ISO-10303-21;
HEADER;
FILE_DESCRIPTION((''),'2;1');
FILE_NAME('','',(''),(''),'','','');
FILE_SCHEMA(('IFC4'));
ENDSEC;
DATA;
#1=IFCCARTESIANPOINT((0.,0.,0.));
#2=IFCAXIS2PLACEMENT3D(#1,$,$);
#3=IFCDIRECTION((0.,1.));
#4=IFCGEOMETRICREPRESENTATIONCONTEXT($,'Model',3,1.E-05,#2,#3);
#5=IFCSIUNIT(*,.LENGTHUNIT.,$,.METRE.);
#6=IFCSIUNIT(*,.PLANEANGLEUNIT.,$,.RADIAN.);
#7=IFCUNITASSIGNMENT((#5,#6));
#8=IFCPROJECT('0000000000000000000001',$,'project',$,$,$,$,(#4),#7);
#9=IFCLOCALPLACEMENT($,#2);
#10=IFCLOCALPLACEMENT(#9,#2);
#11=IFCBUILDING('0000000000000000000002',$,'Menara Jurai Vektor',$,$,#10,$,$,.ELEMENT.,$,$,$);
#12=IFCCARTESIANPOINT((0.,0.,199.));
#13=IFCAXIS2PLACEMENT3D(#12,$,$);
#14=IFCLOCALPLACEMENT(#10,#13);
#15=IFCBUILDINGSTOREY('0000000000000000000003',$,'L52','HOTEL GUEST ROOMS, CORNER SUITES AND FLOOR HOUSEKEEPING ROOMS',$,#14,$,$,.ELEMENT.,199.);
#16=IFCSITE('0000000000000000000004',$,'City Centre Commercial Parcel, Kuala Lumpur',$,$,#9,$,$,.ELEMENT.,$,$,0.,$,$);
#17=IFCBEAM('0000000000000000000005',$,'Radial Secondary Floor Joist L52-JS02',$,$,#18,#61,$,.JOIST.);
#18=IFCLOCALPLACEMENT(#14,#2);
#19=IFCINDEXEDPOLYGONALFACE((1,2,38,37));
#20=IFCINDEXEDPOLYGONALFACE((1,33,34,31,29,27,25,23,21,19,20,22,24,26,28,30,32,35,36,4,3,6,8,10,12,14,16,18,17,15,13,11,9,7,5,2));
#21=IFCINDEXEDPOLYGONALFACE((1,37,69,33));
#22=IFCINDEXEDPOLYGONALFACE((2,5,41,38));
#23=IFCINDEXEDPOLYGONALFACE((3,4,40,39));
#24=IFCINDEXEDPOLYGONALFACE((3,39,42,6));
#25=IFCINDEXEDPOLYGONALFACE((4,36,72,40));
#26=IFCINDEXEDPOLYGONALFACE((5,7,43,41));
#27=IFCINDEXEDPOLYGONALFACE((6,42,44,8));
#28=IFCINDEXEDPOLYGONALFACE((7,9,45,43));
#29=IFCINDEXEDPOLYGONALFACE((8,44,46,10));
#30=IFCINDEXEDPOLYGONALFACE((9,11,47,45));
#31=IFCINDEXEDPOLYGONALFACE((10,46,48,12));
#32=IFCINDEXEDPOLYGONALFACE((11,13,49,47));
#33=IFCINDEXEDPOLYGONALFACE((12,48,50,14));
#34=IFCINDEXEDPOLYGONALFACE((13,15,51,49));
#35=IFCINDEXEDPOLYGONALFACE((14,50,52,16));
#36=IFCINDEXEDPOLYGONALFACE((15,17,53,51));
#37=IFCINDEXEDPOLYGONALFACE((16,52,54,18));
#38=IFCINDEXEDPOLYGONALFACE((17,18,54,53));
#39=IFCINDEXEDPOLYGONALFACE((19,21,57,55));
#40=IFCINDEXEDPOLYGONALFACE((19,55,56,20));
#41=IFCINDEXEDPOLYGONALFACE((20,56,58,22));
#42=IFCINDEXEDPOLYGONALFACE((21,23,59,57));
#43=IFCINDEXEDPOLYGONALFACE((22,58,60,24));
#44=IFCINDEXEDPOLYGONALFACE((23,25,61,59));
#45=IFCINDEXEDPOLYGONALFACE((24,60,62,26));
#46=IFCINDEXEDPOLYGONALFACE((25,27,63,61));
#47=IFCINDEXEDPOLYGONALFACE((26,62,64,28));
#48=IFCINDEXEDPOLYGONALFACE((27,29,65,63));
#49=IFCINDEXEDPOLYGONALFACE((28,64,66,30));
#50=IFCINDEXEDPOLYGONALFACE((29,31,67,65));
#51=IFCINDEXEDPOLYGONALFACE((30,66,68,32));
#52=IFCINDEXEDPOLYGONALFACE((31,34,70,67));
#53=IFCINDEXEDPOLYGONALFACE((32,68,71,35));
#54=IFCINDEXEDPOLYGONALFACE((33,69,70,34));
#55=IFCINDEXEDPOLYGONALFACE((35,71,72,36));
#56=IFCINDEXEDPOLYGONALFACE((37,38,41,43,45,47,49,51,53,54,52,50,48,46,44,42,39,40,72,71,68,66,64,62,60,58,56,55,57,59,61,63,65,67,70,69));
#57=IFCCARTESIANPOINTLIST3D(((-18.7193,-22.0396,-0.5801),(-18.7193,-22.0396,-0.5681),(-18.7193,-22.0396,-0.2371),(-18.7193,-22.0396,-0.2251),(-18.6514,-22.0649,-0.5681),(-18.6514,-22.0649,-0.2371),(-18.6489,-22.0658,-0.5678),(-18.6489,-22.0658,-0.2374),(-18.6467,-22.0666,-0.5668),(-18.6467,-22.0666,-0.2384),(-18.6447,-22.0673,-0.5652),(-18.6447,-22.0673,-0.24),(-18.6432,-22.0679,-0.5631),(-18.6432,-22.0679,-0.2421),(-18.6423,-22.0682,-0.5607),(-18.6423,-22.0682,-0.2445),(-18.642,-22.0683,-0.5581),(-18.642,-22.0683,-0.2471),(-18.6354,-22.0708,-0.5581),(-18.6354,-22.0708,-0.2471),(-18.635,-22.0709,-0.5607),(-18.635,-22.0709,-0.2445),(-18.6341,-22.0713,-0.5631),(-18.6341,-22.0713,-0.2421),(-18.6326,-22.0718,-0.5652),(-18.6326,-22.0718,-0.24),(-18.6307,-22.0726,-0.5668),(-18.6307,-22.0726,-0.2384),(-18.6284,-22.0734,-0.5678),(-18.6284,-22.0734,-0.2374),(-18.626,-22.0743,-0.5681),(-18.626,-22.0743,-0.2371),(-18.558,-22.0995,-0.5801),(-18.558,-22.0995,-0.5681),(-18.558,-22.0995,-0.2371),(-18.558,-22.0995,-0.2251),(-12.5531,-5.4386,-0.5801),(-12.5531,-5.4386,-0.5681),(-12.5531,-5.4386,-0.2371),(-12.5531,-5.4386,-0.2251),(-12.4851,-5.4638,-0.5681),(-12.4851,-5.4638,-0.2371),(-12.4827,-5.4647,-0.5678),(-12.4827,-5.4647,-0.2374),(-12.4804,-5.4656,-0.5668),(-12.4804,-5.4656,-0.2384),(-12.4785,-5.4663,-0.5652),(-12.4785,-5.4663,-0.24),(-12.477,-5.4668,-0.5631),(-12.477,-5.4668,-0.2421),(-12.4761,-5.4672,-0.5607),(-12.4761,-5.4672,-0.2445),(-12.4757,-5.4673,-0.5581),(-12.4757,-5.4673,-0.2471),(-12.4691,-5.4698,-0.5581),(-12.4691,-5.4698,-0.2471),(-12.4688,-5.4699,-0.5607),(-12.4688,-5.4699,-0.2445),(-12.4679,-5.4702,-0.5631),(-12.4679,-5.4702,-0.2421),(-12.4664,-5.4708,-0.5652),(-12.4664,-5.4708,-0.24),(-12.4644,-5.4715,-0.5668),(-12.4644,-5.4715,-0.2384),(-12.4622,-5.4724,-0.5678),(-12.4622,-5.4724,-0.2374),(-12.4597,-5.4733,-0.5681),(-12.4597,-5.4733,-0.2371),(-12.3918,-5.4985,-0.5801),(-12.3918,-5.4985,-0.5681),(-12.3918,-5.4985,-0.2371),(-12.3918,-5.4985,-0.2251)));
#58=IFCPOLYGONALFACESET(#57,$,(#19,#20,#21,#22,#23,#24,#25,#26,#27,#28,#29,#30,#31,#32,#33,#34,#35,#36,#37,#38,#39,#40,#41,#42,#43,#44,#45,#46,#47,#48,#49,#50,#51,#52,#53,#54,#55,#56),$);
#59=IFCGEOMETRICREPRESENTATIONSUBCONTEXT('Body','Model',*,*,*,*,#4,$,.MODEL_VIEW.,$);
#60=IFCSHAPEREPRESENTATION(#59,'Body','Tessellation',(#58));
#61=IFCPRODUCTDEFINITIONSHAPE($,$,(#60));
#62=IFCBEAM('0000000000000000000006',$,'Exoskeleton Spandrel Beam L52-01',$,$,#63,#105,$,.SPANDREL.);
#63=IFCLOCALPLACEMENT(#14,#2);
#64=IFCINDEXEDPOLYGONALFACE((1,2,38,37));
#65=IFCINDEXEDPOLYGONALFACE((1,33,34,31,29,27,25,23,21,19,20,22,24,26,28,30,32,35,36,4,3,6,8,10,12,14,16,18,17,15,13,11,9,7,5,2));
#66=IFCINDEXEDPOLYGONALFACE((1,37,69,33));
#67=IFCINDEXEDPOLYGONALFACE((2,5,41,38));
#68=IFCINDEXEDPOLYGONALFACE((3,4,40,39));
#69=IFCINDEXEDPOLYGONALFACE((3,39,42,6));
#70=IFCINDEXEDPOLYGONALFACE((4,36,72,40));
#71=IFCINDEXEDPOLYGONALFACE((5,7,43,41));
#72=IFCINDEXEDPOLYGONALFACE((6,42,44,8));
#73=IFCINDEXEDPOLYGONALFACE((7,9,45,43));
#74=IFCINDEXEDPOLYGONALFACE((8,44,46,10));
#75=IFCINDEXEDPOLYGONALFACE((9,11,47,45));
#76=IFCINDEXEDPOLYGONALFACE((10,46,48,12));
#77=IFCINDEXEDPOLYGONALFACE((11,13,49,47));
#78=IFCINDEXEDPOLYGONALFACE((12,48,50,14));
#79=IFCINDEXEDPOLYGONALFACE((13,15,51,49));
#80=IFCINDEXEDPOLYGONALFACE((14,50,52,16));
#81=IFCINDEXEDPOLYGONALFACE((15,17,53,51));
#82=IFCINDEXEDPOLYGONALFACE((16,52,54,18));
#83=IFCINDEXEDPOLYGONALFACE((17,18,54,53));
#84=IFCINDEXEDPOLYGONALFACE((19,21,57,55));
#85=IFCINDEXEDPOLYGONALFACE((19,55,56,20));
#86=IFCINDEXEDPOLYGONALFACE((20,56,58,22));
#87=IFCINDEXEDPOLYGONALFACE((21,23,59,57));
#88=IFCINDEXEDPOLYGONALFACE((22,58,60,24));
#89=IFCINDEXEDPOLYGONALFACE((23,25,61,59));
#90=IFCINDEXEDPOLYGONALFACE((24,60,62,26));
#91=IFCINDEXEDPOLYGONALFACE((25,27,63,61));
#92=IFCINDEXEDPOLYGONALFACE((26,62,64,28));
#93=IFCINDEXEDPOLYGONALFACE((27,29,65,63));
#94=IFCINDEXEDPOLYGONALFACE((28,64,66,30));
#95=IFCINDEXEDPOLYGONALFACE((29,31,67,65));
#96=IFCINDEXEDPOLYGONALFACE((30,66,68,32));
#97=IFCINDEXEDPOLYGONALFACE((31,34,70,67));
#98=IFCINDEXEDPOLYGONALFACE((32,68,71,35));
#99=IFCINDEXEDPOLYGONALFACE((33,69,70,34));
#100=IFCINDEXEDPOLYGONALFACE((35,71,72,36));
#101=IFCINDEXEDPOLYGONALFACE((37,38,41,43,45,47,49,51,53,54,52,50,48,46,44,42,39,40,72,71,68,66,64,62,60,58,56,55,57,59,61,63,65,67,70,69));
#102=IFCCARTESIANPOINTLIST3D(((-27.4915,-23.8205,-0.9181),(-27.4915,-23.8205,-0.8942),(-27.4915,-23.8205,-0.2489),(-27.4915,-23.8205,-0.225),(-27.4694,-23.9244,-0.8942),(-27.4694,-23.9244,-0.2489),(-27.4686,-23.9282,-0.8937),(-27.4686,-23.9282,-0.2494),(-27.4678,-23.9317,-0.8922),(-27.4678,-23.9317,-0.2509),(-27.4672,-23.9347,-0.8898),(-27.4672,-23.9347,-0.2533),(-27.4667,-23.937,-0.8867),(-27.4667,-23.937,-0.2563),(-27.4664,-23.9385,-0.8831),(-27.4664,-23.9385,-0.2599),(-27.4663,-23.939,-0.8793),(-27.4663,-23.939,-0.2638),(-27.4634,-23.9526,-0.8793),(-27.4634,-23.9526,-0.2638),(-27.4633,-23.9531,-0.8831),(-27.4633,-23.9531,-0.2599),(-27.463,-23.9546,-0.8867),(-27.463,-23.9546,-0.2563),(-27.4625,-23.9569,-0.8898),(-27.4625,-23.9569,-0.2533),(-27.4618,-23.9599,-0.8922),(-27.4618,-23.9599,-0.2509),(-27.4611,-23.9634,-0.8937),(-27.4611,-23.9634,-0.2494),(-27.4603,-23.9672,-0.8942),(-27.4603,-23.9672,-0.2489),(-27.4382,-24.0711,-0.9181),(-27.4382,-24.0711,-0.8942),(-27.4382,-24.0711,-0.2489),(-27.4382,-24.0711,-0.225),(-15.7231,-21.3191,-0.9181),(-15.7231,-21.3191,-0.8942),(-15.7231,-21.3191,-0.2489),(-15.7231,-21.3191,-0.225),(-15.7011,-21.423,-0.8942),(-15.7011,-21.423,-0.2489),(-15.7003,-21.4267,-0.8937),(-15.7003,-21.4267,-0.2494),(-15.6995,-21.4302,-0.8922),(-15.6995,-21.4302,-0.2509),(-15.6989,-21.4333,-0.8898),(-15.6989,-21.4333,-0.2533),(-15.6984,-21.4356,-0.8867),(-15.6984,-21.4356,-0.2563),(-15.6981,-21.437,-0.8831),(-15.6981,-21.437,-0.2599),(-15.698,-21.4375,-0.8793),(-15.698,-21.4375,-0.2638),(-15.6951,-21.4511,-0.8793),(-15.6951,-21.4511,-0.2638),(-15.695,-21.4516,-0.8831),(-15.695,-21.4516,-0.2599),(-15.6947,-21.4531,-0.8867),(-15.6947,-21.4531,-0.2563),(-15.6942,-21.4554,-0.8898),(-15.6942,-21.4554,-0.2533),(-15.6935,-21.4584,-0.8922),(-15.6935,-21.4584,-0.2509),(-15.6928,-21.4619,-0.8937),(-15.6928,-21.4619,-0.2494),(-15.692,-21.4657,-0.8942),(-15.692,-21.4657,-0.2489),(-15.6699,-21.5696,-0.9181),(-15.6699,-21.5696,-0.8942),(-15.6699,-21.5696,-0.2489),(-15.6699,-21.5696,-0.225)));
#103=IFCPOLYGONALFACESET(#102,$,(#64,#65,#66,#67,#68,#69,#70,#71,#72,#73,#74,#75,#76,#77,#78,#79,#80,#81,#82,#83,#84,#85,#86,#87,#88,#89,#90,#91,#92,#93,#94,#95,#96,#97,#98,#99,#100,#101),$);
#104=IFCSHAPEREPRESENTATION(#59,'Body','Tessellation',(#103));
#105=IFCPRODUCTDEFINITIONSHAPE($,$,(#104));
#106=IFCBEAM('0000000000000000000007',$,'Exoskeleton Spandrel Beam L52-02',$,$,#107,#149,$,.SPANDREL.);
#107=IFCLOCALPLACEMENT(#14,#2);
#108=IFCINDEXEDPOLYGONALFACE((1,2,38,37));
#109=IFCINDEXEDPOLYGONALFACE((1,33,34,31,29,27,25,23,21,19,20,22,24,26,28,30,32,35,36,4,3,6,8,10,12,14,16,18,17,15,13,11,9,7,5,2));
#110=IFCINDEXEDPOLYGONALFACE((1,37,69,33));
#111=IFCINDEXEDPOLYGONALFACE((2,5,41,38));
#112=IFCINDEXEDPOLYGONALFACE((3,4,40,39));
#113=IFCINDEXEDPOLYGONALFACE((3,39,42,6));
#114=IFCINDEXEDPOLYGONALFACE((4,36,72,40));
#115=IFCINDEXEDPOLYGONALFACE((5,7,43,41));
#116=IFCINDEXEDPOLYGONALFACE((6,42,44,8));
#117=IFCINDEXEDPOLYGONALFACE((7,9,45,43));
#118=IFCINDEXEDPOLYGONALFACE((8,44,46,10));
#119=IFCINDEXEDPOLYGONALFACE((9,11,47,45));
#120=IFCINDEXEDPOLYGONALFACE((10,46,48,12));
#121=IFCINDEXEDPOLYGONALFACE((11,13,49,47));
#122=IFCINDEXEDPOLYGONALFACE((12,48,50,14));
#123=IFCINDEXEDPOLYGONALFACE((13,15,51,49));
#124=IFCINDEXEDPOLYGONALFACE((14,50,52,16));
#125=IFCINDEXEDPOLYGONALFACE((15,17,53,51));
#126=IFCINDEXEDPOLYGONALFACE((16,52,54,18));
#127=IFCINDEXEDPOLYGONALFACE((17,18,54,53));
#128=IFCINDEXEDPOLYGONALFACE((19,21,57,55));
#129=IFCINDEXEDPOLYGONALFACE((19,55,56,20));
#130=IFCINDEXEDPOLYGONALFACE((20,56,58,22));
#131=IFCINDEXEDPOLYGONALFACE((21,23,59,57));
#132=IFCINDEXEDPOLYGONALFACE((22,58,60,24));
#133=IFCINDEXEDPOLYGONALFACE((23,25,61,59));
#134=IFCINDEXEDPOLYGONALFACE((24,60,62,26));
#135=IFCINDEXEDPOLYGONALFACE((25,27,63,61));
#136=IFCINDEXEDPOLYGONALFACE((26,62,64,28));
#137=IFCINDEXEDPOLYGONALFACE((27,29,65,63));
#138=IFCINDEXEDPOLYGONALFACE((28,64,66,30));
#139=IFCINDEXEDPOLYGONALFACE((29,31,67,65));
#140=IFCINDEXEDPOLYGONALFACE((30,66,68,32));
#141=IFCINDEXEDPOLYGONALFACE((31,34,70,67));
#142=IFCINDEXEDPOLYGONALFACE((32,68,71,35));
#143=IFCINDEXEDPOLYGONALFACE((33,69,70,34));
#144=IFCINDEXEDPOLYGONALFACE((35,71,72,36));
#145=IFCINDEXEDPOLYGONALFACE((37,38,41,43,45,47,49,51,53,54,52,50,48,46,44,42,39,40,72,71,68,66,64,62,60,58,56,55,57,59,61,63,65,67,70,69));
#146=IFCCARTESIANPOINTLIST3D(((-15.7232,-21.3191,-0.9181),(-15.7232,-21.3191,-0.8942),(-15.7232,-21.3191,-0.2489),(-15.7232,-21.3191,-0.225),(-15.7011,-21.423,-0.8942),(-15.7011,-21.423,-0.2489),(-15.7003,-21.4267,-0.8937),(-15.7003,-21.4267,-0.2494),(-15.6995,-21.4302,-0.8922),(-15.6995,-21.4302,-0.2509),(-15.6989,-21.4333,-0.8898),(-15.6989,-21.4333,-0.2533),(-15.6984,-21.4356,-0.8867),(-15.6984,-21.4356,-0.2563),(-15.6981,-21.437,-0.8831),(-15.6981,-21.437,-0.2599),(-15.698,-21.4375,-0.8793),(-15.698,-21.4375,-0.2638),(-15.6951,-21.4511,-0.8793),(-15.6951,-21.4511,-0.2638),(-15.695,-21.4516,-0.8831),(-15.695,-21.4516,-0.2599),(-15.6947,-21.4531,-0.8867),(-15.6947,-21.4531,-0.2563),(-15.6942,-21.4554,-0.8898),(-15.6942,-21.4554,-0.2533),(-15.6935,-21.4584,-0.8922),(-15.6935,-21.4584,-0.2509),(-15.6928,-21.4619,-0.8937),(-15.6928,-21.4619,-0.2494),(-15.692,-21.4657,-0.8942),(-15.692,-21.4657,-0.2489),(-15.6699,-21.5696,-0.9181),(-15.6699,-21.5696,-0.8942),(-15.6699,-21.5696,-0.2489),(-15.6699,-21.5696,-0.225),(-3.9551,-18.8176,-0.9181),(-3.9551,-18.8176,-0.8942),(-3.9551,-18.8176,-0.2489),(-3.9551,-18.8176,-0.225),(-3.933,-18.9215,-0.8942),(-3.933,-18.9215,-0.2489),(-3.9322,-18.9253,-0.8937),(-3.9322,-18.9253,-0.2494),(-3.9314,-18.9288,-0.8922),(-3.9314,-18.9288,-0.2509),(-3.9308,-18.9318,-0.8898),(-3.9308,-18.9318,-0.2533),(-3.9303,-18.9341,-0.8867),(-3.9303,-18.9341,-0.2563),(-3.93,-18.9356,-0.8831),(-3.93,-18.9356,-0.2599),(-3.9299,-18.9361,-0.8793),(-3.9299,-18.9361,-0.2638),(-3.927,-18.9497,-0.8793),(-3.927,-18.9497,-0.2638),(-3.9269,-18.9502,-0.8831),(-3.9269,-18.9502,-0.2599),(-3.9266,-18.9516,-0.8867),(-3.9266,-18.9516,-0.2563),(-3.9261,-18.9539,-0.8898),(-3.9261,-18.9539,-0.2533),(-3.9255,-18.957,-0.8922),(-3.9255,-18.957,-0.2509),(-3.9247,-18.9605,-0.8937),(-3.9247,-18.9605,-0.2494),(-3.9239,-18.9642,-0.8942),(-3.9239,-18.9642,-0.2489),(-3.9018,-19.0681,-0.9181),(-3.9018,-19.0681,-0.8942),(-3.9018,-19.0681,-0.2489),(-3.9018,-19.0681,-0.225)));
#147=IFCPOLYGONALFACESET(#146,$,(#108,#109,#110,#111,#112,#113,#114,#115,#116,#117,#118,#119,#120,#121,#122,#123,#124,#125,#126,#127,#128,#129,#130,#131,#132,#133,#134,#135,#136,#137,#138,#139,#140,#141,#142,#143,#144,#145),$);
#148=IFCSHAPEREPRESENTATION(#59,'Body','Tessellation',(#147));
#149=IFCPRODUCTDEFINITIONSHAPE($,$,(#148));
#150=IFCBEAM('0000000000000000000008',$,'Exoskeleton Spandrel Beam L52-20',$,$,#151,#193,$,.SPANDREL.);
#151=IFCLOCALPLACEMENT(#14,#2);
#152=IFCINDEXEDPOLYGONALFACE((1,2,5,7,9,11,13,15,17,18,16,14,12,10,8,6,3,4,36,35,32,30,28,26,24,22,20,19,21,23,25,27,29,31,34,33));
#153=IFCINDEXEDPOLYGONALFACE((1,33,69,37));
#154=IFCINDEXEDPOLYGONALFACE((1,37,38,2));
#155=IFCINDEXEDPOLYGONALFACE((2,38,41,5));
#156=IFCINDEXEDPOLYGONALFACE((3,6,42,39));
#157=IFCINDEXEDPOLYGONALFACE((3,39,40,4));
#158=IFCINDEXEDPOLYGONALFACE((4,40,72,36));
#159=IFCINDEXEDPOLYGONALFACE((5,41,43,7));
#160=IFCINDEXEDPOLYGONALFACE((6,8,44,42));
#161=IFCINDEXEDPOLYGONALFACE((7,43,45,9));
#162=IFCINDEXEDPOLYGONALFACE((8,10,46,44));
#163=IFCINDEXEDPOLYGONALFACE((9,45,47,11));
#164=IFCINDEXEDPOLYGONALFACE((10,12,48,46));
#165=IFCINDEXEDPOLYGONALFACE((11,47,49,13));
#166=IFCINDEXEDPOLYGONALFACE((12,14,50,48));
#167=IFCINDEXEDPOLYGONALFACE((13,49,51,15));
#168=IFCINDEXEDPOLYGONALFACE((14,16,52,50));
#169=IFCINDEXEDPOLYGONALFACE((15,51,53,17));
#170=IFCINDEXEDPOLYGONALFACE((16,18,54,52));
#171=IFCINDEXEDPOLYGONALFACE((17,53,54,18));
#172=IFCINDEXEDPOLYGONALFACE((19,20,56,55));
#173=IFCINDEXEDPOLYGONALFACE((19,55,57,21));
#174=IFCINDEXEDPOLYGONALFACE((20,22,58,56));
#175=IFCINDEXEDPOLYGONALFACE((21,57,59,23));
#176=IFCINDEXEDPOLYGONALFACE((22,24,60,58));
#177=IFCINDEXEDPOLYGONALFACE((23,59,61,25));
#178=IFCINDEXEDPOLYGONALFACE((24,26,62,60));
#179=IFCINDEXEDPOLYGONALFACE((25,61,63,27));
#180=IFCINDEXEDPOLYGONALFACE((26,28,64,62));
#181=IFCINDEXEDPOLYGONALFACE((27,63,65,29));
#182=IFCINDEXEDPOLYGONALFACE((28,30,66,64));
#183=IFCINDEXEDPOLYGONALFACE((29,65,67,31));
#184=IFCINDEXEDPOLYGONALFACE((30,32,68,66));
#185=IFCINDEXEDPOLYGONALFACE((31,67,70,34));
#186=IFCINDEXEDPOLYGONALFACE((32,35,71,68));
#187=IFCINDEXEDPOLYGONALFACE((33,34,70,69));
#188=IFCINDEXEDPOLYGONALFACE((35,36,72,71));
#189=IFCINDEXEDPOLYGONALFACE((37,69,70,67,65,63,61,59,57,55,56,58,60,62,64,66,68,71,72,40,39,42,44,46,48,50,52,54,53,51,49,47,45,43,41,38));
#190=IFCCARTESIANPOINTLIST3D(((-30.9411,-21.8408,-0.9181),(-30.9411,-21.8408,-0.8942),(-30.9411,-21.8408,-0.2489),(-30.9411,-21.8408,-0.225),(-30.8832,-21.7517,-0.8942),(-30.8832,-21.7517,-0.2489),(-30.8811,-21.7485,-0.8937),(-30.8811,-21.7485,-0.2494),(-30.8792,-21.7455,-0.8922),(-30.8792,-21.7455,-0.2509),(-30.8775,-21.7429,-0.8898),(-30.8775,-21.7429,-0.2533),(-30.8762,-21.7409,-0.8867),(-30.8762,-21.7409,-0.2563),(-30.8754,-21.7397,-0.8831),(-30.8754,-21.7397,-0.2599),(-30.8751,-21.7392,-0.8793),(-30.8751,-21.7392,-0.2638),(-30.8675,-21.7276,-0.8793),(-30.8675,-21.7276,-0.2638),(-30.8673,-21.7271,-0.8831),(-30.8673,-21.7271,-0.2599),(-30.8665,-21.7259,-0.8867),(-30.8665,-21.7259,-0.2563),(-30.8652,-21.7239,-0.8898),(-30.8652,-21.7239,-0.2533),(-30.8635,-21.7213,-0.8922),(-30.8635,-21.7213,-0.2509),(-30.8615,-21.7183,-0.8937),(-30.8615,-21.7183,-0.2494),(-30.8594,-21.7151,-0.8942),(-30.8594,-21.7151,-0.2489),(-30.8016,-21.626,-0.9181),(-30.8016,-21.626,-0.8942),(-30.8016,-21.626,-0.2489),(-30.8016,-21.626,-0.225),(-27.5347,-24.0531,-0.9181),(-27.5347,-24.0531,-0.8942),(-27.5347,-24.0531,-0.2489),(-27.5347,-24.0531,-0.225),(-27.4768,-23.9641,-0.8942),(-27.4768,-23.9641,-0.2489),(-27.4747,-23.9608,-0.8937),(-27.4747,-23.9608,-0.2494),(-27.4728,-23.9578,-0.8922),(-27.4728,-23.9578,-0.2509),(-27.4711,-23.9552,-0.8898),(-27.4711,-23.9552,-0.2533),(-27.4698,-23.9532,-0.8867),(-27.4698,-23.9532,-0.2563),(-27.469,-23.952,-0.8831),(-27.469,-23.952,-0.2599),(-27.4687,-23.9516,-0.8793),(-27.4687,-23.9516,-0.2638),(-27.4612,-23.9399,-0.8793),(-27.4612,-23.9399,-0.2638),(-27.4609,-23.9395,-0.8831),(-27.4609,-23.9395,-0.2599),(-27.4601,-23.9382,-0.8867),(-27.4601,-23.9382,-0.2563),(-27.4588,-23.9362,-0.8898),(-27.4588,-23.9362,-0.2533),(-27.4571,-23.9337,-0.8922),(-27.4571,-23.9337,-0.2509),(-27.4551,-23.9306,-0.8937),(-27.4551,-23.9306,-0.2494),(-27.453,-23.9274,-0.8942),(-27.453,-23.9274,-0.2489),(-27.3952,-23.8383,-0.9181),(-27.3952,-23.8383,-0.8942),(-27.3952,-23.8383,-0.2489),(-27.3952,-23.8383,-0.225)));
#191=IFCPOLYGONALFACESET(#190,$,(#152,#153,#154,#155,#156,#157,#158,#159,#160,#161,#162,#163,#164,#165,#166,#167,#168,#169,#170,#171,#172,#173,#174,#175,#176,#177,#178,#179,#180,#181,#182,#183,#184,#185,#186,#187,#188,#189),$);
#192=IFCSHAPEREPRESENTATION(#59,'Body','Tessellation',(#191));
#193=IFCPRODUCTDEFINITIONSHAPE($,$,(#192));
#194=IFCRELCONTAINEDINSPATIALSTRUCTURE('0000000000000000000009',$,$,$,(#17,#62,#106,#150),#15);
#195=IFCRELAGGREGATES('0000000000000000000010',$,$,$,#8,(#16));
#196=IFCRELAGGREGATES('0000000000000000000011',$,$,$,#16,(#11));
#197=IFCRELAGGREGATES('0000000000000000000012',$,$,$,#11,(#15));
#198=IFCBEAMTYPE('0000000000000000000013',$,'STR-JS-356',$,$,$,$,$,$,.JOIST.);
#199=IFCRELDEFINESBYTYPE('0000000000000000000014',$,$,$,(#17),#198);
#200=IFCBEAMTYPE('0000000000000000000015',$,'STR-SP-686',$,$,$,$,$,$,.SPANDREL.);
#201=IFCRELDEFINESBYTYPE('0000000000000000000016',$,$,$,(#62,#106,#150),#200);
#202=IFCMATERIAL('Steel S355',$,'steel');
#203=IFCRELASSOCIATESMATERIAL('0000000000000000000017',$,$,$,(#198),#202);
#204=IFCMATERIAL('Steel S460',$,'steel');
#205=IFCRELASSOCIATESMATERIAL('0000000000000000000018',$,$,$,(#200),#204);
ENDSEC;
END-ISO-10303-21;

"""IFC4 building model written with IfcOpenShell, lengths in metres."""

from ifc_helpers import new_model, si_unit, direction, frame, origin, origin_2d, place, context, subcontext, project, spatial, i_section, extrude, material, material_profile, profile_set, type_object, element, save


model = new_model("IFC4")

# Units and contexts
model_context = context("Model", 3, precision=1e-05, world=origin(), true_north=direction((0.0, 1.0)))
body_context = subcontext(model_context, "Body", "Model", "MODEL_VIEW")
ifc_project = project(units=[si_unit("LENGTHUNIT", "METRE"), si_unit("PLANEANGLEUNIT", "RADIAN")], contexts=[model_context])

# Site, building, storey
site_placement = place(None, origin())
site = spatial("IfcSite", under=ifc_project, at=site_placement, Name="City Centre Commercial Parcel, Kuala Lumpur", CompositionType="ELEMENT", RefElevation=0.0)
building_placement = place(site_placement, origin())
building = spatial("IfcBuilding", under=site, at=building_placement, Name="Menara Jurai Vektor", CompositionType="ELEMENT")
storey_placement = place(building_placement, frame((0.0, 0.0, 199.0)))
storey = spatial("IfcBuildingStorey", under=building, at=storey_placement, Name="L52", Description="HOTEL GUEST ROOMS, CORNER SUITES AND FLOOR HOUSEKEEPING ROOMS", CompositionType="ELEMENT", Elevation=199.0)

# Shared definitions
ifc_material_1 = material(Name="Steel S460", Category="steel")

# Shared definitions
ifc_material_2 = material(Name="Steel S355", Category="steel")

# Beams
ifc_material_profile_1 = material_profile(ifc_material_2, i_section(OverallWidth=0.1721, OverallDepth=0.355, WebThickness=0.0071, FlangeThickness=0.012, FilletRadius=0.01, at=origin_2d()), Name="UKB 356x171x51")
ifc_profile_set_1 = profile_set([ifc_material_profile_1], Name="Steel S355")
beam_type_1 = type_object("IfcBeamType", Name="STR-JS-356", PredefinedType="JOIST", material=ifc_profile_set_1)
beam_1_placement = place(storey_placement, frame((-18.6387, -22.0696, -0.4026), z_axis=(0.348194, 0.937423, 0.0), x_axis=(-0.937423, 0.348194, 0.0)))
element("IfcBeam", 1, at=beam_1_placement, inside=storey, type_object=beam_type_1, Name="Radial Secondary Floor Joist L52-JS02", PredefinedType="JOIST", context=body_context, shape_type="SweptSolid", body=[
    extrude(i_section(OverallWidth=0.1721, OverallDepth=0.355, WebThickness=0.0071, FlangeThickness=0.012, FilletRadius=0.01, at=origin_2d()), origin(), (0.0, 0.0, 1.0), 17.7092),
])
ifc_material_profile_2 = material_profile(ifc_material_1, i_section(OverallWidth=0.2561, OverallDepth=0.6931, WebThickness=0.0139, FlangeThickness=0.0239, FilletRadius=0.0149, at=origin_2d()), Name="UKB 686x254x170")
ifc_profile_set_2 = profile_set([ifc_material_profile_2], Name="Steel S460")
beam_type_2 = type_object("IfcBeamType", Name="STR-SP-686", PredefinedType="SPANDREL", material=ifc_profile_set_2)
beam_2_placement = place(storey_placement, frame((-27.4648, -23.9458, -0.5715), z_axis=(0.978147, 0.207914, 0.0), x_axis=(-0.207914, 0.978147, 0.0)))
element("IfcBeam", 2, at=beam_2_placement, inside=storey, type_object=beam_type_2, Name="Exoskeleton Spandrel Beam L52-01", PredefinedType="SPANDREL", context=body_context, shape_type="SweptSolid", body=[
    extrude(i_section(OverallWidth=0.2561, OverallDepth=0.6931, WebThickness=0.0139, FlangeThickness=0.0239, FilletRadius=0.0149, at=origin_2d()), origin(), (0.0, 0.0, 1.0), 12.0312),
])
beam_3_placement = place(storey_placement, frame((-15.6965, -21.4443, -0.5715), z_axis=(0.978146, 0.207918, 0.0), x_axis=(-0.207918, 0.978146, 0.0)))
element("IfcBeam", 3, at=beam_3_placement, inside=storey, type_object=beam_type_2, Name="Exoskeleton Spandrel Beam L52-02", PredefinedType="SPANDREL", context=body_context, shape_type="SweptSolid", body=[
    extrude(i_section(OverallWidth=0.2561, OverallDepth=0.6931, WebThickness=0.0139, FlangeThickness=0.0239, FilletRadius=0.0149, at=origin_2d()), origin(), (0.0, 0.0, 1.0), 12.031),
])
beam_4_placement = place(storey_placement, frame((-30.8713, -21.7334, -0.5715), z_axis=(0.838648, -0.544674, 0.0), x_axis=(0.544674, 0.838648, 0.0)))
element("IfcBeam", 4, at=beam_4_placement, inside=storey, type_object=beam_type_2, Name="Exoskeleton Spandrel Beam L52-20", PredefinedType="SPANDREL", context=body_context, shape_type="SweptSolid", body=[
    extrude(i_section(OverallWidth=0.2561, OverallDepth=0.6931, WebThickness=0.0139, FlangeThickness=0.0239, FilletRadius=0.0149, at=origin_2d()), origin(), (0.0, 0.0, 1.0), 4.0618),
])

save(model, "model.ifc")
